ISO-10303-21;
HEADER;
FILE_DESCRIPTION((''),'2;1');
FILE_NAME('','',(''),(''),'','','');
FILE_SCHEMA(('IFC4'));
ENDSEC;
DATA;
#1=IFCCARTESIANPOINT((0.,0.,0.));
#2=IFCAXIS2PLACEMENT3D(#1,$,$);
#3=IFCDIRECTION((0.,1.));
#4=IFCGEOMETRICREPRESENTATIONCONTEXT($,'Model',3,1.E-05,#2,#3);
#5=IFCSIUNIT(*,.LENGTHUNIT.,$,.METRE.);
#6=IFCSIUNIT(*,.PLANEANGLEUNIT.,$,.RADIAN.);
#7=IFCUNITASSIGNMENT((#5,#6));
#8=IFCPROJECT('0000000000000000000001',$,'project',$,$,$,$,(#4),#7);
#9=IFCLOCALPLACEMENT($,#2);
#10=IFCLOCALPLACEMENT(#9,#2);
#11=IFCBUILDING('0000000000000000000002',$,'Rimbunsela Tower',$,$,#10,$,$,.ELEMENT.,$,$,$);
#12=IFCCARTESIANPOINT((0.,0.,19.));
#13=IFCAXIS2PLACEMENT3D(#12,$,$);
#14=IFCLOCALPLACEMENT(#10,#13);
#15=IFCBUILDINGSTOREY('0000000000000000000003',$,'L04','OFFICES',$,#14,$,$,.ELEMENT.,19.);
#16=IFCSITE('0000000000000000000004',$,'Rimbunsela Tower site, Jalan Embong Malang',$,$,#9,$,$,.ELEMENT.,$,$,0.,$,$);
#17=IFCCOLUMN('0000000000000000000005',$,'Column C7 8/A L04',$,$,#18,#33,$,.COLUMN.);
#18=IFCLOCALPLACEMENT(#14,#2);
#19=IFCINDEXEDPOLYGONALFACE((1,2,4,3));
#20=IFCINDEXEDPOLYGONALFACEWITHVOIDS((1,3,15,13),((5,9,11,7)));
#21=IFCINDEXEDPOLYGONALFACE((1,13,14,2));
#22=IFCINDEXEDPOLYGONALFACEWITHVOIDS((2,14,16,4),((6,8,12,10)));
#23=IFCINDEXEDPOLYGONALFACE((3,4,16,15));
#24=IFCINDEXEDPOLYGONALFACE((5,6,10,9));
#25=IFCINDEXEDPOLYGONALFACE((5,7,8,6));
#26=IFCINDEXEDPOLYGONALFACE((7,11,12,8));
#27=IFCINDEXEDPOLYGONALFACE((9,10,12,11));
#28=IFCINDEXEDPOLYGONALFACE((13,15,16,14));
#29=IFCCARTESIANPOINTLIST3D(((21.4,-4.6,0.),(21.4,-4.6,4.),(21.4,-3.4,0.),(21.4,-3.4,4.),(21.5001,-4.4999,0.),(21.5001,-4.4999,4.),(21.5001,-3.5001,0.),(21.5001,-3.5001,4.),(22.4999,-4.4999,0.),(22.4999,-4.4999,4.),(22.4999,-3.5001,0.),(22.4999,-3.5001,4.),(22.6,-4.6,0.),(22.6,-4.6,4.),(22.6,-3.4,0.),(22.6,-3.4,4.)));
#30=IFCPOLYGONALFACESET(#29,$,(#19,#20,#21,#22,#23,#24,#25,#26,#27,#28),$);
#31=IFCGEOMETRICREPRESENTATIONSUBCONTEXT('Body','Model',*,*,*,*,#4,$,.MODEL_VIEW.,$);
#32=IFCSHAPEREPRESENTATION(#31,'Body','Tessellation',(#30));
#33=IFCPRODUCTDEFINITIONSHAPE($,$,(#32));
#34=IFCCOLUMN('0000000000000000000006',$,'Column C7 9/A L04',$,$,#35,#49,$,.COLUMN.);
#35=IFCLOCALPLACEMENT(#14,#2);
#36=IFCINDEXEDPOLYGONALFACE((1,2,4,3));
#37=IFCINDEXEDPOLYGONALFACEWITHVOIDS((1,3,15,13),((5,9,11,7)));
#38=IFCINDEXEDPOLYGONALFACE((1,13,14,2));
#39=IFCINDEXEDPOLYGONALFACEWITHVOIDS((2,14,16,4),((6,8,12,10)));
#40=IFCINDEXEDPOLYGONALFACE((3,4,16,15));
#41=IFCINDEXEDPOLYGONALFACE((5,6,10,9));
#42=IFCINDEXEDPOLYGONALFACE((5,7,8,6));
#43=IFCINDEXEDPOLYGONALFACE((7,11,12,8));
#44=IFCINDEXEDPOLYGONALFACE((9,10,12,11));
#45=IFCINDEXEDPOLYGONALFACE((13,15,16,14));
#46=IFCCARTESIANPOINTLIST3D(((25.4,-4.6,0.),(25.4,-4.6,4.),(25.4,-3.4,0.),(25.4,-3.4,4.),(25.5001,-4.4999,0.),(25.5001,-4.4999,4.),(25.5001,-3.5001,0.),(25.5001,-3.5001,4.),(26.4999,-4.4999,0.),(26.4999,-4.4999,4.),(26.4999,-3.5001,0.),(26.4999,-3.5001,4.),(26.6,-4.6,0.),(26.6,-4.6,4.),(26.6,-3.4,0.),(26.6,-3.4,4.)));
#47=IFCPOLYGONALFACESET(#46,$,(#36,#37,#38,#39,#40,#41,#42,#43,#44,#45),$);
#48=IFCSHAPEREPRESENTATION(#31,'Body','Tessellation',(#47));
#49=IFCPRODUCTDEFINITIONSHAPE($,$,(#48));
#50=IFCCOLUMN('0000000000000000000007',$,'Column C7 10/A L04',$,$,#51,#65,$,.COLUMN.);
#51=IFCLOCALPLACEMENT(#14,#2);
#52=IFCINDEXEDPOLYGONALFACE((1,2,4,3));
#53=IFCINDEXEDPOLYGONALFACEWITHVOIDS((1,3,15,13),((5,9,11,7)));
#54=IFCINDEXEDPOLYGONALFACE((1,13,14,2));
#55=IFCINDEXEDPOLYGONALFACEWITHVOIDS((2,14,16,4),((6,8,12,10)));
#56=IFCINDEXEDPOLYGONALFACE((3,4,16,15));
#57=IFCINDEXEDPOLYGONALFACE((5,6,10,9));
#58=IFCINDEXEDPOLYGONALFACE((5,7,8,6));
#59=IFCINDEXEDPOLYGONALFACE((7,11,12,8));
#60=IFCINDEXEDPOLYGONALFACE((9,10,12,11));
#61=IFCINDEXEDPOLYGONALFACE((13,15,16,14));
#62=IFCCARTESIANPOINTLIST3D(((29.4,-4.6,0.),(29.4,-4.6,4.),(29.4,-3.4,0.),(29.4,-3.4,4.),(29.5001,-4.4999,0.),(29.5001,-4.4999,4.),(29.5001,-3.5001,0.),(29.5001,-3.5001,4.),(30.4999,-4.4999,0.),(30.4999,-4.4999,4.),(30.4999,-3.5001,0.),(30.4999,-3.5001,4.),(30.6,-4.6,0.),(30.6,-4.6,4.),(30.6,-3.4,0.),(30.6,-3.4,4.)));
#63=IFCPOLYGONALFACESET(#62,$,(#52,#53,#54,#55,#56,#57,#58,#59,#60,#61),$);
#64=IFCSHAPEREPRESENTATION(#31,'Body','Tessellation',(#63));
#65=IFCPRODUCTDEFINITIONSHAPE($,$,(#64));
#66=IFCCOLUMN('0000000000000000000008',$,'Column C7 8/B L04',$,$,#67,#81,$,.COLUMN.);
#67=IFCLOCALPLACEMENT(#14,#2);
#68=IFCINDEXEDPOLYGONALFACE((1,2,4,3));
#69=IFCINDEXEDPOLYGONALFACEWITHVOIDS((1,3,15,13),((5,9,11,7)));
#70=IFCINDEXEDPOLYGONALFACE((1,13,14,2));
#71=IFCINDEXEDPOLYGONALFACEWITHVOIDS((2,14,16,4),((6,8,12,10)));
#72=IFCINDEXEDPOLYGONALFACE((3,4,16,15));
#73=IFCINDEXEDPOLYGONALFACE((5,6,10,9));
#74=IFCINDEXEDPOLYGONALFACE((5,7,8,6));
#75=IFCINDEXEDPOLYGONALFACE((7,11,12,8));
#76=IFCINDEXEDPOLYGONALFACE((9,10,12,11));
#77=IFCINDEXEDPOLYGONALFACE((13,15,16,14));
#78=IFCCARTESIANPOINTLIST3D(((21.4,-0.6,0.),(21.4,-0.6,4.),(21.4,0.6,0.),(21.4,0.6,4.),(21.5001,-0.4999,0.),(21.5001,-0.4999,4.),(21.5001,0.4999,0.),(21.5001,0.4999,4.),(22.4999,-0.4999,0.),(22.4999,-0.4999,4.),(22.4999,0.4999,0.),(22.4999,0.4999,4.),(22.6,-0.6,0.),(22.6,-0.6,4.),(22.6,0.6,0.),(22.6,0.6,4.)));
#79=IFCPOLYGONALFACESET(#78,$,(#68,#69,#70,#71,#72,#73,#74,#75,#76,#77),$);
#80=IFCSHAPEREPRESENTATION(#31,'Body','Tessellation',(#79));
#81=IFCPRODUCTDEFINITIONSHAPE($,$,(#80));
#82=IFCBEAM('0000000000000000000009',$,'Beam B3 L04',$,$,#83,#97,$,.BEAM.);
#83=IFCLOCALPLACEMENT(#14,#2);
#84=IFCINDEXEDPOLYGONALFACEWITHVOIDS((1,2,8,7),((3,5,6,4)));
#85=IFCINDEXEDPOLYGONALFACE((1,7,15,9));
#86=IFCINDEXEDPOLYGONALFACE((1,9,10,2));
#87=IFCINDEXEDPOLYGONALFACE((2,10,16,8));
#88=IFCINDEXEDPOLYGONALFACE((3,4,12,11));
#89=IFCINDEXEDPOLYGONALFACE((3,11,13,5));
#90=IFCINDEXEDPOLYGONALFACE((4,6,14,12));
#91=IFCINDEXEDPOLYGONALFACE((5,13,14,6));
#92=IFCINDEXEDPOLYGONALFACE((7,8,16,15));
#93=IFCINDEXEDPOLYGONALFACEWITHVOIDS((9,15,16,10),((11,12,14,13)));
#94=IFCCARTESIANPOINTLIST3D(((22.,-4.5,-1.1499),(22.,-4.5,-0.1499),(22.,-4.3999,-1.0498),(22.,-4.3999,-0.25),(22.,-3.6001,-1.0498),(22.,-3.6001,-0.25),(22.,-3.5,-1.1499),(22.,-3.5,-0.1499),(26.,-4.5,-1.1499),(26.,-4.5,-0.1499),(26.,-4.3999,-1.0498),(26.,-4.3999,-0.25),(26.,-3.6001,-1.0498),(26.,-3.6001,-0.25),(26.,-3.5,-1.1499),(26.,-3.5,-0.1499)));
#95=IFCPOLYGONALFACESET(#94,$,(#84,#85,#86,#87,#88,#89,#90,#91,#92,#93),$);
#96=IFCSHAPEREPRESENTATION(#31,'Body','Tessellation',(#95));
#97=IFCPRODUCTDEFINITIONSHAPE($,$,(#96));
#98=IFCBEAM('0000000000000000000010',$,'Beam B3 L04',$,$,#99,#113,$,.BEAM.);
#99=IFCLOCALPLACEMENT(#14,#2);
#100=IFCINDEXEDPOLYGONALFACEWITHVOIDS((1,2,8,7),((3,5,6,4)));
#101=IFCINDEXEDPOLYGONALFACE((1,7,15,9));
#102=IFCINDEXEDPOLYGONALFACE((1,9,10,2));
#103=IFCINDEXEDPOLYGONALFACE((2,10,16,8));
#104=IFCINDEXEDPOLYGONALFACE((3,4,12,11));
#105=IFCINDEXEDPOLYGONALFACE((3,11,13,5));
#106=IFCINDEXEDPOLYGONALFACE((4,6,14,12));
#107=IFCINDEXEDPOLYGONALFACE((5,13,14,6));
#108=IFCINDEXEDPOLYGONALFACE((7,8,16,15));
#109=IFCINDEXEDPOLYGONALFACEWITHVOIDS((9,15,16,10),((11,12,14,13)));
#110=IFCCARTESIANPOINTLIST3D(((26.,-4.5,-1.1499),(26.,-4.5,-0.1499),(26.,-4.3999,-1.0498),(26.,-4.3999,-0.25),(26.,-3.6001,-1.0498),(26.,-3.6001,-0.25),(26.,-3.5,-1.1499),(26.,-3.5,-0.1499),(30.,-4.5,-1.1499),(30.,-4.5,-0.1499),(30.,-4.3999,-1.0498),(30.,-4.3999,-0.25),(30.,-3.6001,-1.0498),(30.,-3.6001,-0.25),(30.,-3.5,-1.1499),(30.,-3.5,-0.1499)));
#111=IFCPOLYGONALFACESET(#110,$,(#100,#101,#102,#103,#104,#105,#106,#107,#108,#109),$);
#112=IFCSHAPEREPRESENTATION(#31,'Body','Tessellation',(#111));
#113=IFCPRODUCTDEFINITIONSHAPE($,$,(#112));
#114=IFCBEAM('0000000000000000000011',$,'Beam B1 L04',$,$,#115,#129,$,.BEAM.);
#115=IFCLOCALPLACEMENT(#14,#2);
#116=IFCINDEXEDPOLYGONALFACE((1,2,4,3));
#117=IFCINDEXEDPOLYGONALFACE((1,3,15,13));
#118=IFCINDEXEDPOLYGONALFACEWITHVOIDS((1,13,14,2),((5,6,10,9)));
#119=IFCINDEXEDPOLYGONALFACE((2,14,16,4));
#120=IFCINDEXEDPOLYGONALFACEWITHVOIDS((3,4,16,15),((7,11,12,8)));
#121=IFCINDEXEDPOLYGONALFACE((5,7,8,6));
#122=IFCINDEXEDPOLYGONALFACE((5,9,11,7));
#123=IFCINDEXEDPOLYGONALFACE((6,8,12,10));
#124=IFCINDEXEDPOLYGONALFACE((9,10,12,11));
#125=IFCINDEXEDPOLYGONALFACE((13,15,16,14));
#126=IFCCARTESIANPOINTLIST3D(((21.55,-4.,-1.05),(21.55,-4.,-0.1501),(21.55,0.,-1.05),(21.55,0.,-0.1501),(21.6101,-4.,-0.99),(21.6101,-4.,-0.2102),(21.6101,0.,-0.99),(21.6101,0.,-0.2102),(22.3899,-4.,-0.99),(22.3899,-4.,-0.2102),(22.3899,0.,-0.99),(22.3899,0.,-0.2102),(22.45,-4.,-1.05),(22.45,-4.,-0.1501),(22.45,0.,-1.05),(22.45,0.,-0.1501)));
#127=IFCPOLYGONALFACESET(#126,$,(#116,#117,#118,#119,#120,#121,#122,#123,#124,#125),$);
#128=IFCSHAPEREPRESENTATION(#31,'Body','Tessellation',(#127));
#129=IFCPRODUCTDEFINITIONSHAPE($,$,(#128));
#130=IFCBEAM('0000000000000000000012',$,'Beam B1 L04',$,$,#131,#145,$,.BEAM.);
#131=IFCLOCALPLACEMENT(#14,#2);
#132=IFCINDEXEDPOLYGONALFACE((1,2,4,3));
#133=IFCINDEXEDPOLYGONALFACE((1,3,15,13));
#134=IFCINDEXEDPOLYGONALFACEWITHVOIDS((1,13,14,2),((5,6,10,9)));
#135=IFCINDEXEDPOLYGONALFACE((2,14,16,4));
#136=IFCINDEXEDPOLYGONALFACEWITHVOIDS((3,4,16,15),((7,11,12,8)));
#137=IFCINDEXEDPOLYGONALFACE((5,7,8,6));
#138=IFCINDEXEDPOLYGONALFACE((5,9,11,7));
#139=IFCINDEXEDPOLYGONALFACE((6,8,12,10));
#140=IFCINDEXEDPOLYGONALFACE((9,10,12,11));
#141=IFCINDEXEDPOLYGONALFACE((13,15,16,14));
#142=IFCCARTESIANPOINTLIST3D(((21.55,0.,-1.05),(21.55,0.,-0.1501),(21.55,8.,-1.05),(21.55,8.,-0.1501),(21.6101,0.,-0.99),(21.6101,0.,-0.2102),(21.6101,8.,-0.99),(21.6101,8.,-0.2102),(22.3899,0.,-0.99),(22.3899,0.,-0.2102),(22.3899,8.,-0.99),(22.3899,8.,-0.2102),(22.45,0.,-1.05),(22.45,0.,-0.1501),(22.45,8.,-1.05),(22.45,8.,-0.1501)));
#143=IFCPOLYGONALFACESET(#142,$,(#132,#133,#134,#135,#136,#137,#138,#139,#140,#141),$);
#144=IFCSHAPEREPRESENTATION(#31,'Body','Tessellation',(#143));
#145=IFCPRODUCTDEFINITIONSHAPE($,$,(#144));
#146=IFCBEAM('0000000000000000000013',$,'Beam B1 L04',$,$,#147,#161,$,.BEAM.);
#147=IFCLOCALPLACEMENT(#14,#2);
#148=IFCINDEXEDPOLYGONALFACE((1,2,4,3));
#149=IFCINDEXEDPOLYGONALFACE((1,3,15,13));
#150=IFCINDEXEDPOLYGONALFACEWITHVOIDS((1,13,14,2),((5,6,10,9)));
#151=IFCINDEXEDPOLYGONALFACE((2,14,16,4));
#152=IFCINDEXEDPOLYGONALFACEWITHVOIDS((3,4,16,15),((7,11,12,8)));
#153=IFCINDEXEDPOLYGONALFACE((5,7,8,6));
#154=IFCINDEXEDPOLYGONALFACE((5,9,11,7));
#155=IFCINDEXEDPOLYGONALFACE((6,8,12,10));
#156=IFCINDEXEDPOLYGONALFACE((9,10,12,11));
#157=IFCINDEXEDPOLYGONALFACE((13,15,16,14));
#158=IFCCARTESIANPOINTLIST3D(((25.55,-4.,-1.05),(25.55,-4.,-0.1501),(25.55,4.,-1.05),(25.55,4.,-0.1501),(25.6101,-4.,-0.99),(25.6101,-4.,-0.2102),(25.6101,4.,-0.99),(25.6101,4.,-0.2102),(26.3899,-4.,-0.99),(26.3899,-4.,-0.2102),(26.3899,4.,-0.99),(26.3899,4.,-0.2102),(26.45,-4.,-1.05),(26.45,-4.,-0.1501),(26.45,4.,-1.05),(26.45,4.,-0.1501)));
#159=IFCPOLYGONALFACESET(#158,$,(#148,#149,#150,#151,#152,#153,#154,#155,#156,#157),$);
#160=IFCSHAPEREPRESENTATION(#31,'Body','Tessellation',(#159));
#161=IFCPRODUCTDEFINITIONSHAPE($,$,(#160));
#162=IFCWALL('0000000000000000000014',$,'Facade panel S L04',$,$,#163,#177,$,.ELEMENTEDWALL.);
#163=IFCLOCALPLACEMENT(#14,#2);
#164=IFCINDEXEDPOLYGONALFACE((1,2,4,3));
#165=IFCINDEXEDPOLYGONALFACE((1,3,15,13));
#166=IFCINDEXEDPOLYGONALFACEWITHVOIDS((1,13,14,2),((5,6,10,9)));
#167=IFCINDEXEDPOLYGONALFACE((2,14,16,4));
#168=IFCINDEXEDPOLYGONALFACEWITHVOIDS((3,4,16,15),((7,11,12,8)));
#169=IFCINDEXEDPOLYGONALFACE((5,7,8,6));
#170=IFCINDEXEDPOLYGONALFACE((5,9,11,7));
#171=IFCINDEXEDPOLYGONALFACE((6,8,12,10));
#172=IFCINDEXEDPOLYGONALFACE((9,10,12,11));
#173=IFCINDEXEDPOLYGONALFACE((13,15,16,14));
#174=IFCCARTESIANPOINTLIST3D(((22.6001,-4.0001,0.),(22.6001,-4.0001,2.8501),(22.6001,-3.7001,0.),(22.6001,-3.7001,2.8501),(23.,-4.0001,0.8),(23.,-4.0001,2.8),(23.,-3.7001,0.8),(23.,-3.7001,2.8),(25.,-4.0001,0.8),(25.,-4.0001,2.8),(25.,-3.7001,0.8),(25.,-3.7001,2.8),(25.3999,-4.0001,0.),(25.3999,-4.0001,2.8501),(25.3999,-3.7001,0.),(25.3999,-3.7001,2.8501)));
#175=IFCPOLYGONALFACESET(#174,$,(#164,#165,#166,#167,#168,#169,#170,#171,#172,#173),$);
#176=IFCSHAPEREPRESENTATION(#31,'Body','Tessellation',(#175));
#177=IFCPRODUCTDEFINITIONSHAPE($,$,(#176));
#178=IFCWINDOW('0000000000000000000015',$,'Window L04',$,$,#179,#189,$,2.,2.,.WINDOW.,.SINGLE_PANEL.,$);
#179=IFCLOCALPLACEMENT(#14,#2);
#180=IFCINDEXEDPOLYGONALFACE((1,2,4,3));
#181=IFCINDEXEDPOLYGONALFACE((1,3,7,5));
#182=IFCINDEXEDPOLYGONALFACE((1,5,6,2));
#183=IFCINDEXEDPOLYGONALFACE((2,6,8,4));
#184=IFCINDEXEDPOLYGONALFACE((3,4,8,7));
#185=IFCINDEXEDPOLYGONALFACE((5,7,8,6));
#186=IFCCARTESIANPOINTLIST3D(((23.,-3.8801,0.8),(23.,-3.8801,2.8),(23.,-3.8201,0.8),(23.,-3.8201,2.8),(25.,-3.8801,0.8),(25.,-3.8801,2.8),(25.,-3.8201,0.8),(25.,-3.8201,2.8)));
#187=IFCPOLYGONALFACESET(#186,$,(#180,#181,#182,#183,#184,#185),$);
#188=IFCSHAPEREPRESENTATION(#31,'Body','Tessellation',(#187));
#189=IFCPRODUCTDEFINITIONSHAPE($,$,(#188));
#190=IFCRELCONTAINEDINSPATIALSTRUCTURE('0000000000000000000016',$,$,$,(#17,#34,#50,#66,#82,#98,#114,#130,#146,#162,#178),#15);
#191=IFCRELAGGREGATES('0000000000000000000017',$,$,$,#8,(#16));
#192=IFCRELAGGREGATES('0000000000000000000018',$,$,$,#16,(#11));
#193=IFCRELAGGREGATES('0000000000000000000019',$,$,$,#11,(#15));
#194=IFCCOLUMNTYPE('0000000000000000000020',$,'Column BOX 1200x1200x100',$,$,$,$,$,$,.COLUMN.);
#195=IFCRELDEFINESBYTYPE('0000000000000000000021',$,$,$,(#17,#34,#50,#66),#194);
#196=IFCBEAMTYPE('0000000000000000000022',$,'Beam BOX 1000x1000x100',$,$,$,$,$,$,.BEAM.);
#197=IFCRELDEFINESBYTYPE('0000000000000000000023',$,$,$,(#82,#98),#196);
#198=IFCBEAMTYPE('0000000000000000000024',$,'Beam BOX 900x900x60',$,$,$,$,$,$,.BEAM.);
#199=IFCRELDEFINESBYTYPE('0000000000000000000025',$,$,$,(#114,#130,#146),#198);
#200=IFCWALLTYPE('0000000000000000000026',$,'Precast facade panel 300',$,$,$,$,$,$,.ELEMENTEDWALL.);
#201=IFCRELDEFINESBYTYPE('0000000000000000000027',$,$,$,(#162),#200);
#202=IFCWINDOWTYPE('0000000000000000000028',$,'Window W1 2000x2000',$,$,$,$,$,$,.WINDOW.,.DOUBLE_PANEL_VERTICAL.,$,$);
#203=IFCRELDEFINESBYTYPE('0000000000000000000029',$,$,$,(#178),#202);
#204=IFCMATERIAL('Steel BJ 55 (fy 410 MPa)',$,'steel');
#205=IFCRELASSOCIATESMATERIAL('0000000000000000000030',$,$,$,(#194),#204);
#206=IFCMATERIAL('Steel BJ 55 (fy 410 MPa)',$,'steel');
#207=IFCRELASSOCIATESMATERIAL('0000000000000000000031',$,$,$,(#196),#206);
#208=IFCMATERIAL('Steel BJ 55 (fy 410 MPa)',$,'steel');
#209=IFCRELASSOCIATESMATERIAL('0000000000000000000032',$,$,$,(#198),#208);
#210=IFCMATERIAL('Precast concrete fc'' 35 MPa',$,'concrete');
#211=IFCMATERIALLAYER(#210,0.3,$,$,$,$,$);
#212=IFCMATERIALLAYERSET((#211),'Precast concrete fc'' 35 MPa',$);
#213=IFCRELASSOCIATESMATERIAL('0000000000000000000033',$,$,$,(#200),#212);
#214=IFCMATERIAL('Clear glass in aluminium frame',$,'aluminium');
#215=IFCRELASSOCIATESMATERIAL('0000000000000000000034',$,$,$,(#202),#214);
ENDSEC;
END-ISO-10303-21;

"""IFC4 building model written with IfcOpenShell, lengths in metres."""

from ifc_helpers import new_model, si_unit, direction, frame, frame_2d, origin, origin_2d, place, context, subcontext, project, spatial, rectangle, hollow_rectangle, extrude, material, layer, layer_set, material_profile, profile_set, type_object, element, fill, save


model = new_model("IFC4")

# Units and contexts
model_context = context("Model", 3, precision=1e-05, world=origin(), true_north=direction((0.0, 1.0)))
body_context = subcontext(model_context, "Body", "Model", "MODEL_VIEW")
ifc_project = project(units=[si_unit("LENGTHUNIT", "METRE"), si_unit("PLANEANGLEUNIT", "RADIAN")], contexts=[model_context])

# Site, building, storey
site_placement = place(None, origin())
site = spatial("IfcSite", under=ifc_project, at=site_placement, Name="Rimbunsela Tower site, Jalan Embong Malang", CompositionType="ELEMENT", RefElevation=0.0)
building_placement = place(site_placement, origin())
building = spatial("IfcBuilding", under=site, at=building_placement, Name="Rimbunsela Tower", CompositionType="ELEMENT")
storey_placement = place(building_placement, frame((0.0, 0.0, 19.0)))
storey = spatial("IfcBuildingStorey", under=building, at=storey_placement, Name="L04", Description="OFFICES", CompositionType="ELEMENT", Elevation=19.0)

# Columns
ifc_material_1 = material(Name="Steel BJ 55 (fy 410 MPa)", Category="steel")
ifc_material_profile_1 = material_profile(ifc_material_1, hollow_rectangle(XDim=1.2, YDim=1.2, WallThickness=0.1001, at=origin_2d()), Name="BOX 1200x1200x100")
ifc_profile_set_1 = profile_set([ifc_material_profile_1], Name="Steel BJ 55 (fy 410 MPa)")
column_type = type_object("IfcColumnType", Name="Column BOX 1200x1200x100", PredefinedType="COLUMN", material=ifc_profile_set_1)
for number, where, z_axis, x_axis, name in (
    (1, (22.0, -4.0, 0.0), (0.0, 0.0, 1.0), (1.0, 0.0, 0.0), "Column C7 8/A L04"),
    (2, (26.0, -4.0, 0.0), (0.0, 0.0, 1.0), (1.0, 0.0, 0.0), "Column C7 9/A L04"),
    (3, (30.0, -4.0, 0.0), (0.0, 0.0, 1.0), (1.0, 0.0, 0.0), "Column C7 10/A L04"),
    (4, (22.0, 0.0, 0.0), (0.0, 0.0, 1.0), (1.0, 0.0, 0.0), "Column C7 8/B L04"),
):
    element("IfcColumn", number, at=place(storey_placement, frame(where, z_axis=z_axis, x_axis=x_axis)), inside=storey, type_object=column_type, Name=name, PredefinedType="COLUMN", context=body_context, shape_type="SweptSolid", body=[
        extrude(hollow_rectangle(XDim=1.2, YDim=1.2, WallThickness=0.1001, at=origin_2d()), origin(), (0.0, 0.0, 1.0), 4.0),
    ])

# Beams
ifc_material_2 = material(Name="Steel BJ 55 (fy 410 MPa)", Category="steel")
ifc_material_profile_2 = material_profile(ifc_material_2, hollow_rectangle(XDim=1.0, YDim=1.0, WallThickness=0.1001, at=origin_2d()), Name="BOX 1000x1000x100")
ifc_profile_set_2 = profile_set([ifc_material_profile_2], Name="Steel BJ 55 (fy 410 MPa)")
beam_type_1 = type_object("IfcBeamType", Name="Beam BOX 1000x1000x100", PredefinedType="BEAM", material=ifc_profile_set_2)
for number, where, z_axis, x_axis, name in (
    (5, (22.0, -4.0, -0.6499), (1.0, 0.0, 0.0), (0.0, 1.0, 0.0), "Beam B3 L04"),
    (6, (26.0, -4.0, -0.6499), (1.0, 0.0, 0.0), (0.0, 1.0, 0.0), "Beam B3 L04"),
):
    element("IfcBeam", number, at=place(storey_placement, frame(where, z_axis=z_axis, x_axis=x_axis)), inside=storey, type_object=beam_type_1, Name=name, PredefinedType="BEAM", context=body_context, shape_type="SweptSolid", body=[
        extrude(hollow_rectangle(XDim=1.0, YDim=1.0, WallThickness=0.1001, at=origin_2d()), origin(), (0.0, 0.0, 1.0), 4.0),
    ])
ifc_material_3 = material(Name="Steel BJ 55 (fy 410 MPa)", Category="steel")
ifc_material_profile_3 = material_profile(ifc_material_3, hollow_rectangle(XDim=0.8999, YDim=0.8999, WallThickness=0.0601, at=origin_2d()), Name="BOX 900x900x60")
ifc_profile_set_3 = profile_set([ifc_material_profile_3], Name="Steel BJ 55 (fy 410 MPa)")
beam_type_2 = type_object("IfcBeamType", Name="Beam BOX 900x900x60", PredefinedType="BEAM", material=ifc_profile_set_3)
beam_placement = place(storey_placement, frame((22.0, -4.0, -0.6001), z_axis=(0.0, 1.0, 0.0), x_axis=(-1.0, 0.0, 0.0)))
element("IfcBeam", 7, at=beam_placement, inside=storey, type_object=beam_type_2, Name="Beam B1 L04", PredefinedType="BEAM", context=body_context, shape_type="SweptSolid", body=[
    extrude(hollow_rectangle(XDim=0.8999, YDim=0.8999, WallThickness=0.0601, at=origin_2d()), origin(), (0.0, 0.0, 1.0), 4.0),
])
for number, where, z_axis, x_axis, name in (
    (8, (22.0, 0.0, -0.6001), (0.0, 1.0, 0.0), (-1.0, 0.0, 0.0), "Beam B1 L04"),
    (9, (26.0, -4.0, -0.6001), (0.0, 1.0, 0.0), (-1.0, 0.0, 0.0), "Beam B1 L04"),
):
    element("IfcBeam", number, at=place(storey_placement, frame(where, z_axis=z_axis, x_axis=x_axis)), inside=storey, type_object=beam_type_2, Name=name, PredefinedType="BEAM", context=body_context, shape_type="SweptSolid", body=[
        extrude(hollow_rectangle(XDim=0.8999, YDim=0.8999, WallThickness=0.0601, at=origin_2d()), origin(), (0.0, 0.0, 1.0), 8.0),
    ])

# Wall, opening, window
ifc_material_4 = material(Name="Precast concrete fc' 35 MPa", Category="concrete")
ifc_layer_1 = layer(ifc_material_4, 0.3)
ifc_layer_set_1 = layer_set([ifc_layer_1], Name="Precast concrete fc' 35 MPa")
wall_type_1 = type_object("IfcWallType", Name="Precast facade panel 300", PredefinedType="ELEMENTEDWALL", material=ifc_layer_set_1)
wall_1_placement = place(storey_placement, frame((22.6001, -3.8501, 0.0), z_axis=(0.0, 0.0, 1.0), x_axis=(1.0, 0.0, 0.0)))
wall_1 = element("IfcWall", 10, at=wall_1_placement, inside=storey, type_object=wall_type_1, Name="Facade panel S L04", PredefinedType="ELEMENTEDWALL", context=body_context, shape_type="SweptSolid", body=[
    extrude(rectangle(XDim=2.7998, YDim=0.3, at=frame_2d((1.3999, 0.0))), origin(), (0.0, 0.0, 1.0), 2.8501),
])
opening_1_placement = place(wall_1_placement, frame((0.3999, 0.0, 0.8)))
opening_1 = element("IfcOpeningElement", 11, at=opening_1_placement, cuts=wall_1, PredefinedType="OPENING", context=body_context, shape_type="SweptSolid", body=[
    extrude(rectangle(XDim=2.0, YDim=2.0, at=frame_2d((1.0, 1.0))), frame((0.0, 0.1599, 0.0), z_axis=(0.0, -1.0, 0.0), x_axis=(1.0, 0.0, 0.0)), (0.0, 0.0, 1.0), 0.3201),
])
ifc_material_5 = material(Name="Clear glass in aluminium frame", Category="aluminium")
window_type_1 = type_object("IfcWindowType", Name="Window W1 2000x2000", PartitioningType="DOUBLE_PANEL_VERTICAL", PredefinedType="WINDOW", material=ifc_material_5)
window_1_placement = place(opening_1_placement, origin())
window_1 = element("IfcWindow", 12, at=window_1_placement, inside=storey, type_object=window_type_1, Name="Window L04", OverallHeight=2.0, OverallWidth=2.0, PartitioningType="SINGLE_PANEL", PredefinedType="WINDOW", context=body_context, shape_type="SweptSolid", body=[
    extrude(rectangle(XDim=2.0, YDim=2.0, at=frame_2d((1.0, 1.0))), frame((0.0, 0.03, 0.0), z_axis=(0.0, -1.0, 0.0), x_axis=(1.0, 0.0, 0.0)), (0.0, 0.0, 1.0), 0.0601),
])
fill(opening_1, window_1)

save(model, "model.ifc")
